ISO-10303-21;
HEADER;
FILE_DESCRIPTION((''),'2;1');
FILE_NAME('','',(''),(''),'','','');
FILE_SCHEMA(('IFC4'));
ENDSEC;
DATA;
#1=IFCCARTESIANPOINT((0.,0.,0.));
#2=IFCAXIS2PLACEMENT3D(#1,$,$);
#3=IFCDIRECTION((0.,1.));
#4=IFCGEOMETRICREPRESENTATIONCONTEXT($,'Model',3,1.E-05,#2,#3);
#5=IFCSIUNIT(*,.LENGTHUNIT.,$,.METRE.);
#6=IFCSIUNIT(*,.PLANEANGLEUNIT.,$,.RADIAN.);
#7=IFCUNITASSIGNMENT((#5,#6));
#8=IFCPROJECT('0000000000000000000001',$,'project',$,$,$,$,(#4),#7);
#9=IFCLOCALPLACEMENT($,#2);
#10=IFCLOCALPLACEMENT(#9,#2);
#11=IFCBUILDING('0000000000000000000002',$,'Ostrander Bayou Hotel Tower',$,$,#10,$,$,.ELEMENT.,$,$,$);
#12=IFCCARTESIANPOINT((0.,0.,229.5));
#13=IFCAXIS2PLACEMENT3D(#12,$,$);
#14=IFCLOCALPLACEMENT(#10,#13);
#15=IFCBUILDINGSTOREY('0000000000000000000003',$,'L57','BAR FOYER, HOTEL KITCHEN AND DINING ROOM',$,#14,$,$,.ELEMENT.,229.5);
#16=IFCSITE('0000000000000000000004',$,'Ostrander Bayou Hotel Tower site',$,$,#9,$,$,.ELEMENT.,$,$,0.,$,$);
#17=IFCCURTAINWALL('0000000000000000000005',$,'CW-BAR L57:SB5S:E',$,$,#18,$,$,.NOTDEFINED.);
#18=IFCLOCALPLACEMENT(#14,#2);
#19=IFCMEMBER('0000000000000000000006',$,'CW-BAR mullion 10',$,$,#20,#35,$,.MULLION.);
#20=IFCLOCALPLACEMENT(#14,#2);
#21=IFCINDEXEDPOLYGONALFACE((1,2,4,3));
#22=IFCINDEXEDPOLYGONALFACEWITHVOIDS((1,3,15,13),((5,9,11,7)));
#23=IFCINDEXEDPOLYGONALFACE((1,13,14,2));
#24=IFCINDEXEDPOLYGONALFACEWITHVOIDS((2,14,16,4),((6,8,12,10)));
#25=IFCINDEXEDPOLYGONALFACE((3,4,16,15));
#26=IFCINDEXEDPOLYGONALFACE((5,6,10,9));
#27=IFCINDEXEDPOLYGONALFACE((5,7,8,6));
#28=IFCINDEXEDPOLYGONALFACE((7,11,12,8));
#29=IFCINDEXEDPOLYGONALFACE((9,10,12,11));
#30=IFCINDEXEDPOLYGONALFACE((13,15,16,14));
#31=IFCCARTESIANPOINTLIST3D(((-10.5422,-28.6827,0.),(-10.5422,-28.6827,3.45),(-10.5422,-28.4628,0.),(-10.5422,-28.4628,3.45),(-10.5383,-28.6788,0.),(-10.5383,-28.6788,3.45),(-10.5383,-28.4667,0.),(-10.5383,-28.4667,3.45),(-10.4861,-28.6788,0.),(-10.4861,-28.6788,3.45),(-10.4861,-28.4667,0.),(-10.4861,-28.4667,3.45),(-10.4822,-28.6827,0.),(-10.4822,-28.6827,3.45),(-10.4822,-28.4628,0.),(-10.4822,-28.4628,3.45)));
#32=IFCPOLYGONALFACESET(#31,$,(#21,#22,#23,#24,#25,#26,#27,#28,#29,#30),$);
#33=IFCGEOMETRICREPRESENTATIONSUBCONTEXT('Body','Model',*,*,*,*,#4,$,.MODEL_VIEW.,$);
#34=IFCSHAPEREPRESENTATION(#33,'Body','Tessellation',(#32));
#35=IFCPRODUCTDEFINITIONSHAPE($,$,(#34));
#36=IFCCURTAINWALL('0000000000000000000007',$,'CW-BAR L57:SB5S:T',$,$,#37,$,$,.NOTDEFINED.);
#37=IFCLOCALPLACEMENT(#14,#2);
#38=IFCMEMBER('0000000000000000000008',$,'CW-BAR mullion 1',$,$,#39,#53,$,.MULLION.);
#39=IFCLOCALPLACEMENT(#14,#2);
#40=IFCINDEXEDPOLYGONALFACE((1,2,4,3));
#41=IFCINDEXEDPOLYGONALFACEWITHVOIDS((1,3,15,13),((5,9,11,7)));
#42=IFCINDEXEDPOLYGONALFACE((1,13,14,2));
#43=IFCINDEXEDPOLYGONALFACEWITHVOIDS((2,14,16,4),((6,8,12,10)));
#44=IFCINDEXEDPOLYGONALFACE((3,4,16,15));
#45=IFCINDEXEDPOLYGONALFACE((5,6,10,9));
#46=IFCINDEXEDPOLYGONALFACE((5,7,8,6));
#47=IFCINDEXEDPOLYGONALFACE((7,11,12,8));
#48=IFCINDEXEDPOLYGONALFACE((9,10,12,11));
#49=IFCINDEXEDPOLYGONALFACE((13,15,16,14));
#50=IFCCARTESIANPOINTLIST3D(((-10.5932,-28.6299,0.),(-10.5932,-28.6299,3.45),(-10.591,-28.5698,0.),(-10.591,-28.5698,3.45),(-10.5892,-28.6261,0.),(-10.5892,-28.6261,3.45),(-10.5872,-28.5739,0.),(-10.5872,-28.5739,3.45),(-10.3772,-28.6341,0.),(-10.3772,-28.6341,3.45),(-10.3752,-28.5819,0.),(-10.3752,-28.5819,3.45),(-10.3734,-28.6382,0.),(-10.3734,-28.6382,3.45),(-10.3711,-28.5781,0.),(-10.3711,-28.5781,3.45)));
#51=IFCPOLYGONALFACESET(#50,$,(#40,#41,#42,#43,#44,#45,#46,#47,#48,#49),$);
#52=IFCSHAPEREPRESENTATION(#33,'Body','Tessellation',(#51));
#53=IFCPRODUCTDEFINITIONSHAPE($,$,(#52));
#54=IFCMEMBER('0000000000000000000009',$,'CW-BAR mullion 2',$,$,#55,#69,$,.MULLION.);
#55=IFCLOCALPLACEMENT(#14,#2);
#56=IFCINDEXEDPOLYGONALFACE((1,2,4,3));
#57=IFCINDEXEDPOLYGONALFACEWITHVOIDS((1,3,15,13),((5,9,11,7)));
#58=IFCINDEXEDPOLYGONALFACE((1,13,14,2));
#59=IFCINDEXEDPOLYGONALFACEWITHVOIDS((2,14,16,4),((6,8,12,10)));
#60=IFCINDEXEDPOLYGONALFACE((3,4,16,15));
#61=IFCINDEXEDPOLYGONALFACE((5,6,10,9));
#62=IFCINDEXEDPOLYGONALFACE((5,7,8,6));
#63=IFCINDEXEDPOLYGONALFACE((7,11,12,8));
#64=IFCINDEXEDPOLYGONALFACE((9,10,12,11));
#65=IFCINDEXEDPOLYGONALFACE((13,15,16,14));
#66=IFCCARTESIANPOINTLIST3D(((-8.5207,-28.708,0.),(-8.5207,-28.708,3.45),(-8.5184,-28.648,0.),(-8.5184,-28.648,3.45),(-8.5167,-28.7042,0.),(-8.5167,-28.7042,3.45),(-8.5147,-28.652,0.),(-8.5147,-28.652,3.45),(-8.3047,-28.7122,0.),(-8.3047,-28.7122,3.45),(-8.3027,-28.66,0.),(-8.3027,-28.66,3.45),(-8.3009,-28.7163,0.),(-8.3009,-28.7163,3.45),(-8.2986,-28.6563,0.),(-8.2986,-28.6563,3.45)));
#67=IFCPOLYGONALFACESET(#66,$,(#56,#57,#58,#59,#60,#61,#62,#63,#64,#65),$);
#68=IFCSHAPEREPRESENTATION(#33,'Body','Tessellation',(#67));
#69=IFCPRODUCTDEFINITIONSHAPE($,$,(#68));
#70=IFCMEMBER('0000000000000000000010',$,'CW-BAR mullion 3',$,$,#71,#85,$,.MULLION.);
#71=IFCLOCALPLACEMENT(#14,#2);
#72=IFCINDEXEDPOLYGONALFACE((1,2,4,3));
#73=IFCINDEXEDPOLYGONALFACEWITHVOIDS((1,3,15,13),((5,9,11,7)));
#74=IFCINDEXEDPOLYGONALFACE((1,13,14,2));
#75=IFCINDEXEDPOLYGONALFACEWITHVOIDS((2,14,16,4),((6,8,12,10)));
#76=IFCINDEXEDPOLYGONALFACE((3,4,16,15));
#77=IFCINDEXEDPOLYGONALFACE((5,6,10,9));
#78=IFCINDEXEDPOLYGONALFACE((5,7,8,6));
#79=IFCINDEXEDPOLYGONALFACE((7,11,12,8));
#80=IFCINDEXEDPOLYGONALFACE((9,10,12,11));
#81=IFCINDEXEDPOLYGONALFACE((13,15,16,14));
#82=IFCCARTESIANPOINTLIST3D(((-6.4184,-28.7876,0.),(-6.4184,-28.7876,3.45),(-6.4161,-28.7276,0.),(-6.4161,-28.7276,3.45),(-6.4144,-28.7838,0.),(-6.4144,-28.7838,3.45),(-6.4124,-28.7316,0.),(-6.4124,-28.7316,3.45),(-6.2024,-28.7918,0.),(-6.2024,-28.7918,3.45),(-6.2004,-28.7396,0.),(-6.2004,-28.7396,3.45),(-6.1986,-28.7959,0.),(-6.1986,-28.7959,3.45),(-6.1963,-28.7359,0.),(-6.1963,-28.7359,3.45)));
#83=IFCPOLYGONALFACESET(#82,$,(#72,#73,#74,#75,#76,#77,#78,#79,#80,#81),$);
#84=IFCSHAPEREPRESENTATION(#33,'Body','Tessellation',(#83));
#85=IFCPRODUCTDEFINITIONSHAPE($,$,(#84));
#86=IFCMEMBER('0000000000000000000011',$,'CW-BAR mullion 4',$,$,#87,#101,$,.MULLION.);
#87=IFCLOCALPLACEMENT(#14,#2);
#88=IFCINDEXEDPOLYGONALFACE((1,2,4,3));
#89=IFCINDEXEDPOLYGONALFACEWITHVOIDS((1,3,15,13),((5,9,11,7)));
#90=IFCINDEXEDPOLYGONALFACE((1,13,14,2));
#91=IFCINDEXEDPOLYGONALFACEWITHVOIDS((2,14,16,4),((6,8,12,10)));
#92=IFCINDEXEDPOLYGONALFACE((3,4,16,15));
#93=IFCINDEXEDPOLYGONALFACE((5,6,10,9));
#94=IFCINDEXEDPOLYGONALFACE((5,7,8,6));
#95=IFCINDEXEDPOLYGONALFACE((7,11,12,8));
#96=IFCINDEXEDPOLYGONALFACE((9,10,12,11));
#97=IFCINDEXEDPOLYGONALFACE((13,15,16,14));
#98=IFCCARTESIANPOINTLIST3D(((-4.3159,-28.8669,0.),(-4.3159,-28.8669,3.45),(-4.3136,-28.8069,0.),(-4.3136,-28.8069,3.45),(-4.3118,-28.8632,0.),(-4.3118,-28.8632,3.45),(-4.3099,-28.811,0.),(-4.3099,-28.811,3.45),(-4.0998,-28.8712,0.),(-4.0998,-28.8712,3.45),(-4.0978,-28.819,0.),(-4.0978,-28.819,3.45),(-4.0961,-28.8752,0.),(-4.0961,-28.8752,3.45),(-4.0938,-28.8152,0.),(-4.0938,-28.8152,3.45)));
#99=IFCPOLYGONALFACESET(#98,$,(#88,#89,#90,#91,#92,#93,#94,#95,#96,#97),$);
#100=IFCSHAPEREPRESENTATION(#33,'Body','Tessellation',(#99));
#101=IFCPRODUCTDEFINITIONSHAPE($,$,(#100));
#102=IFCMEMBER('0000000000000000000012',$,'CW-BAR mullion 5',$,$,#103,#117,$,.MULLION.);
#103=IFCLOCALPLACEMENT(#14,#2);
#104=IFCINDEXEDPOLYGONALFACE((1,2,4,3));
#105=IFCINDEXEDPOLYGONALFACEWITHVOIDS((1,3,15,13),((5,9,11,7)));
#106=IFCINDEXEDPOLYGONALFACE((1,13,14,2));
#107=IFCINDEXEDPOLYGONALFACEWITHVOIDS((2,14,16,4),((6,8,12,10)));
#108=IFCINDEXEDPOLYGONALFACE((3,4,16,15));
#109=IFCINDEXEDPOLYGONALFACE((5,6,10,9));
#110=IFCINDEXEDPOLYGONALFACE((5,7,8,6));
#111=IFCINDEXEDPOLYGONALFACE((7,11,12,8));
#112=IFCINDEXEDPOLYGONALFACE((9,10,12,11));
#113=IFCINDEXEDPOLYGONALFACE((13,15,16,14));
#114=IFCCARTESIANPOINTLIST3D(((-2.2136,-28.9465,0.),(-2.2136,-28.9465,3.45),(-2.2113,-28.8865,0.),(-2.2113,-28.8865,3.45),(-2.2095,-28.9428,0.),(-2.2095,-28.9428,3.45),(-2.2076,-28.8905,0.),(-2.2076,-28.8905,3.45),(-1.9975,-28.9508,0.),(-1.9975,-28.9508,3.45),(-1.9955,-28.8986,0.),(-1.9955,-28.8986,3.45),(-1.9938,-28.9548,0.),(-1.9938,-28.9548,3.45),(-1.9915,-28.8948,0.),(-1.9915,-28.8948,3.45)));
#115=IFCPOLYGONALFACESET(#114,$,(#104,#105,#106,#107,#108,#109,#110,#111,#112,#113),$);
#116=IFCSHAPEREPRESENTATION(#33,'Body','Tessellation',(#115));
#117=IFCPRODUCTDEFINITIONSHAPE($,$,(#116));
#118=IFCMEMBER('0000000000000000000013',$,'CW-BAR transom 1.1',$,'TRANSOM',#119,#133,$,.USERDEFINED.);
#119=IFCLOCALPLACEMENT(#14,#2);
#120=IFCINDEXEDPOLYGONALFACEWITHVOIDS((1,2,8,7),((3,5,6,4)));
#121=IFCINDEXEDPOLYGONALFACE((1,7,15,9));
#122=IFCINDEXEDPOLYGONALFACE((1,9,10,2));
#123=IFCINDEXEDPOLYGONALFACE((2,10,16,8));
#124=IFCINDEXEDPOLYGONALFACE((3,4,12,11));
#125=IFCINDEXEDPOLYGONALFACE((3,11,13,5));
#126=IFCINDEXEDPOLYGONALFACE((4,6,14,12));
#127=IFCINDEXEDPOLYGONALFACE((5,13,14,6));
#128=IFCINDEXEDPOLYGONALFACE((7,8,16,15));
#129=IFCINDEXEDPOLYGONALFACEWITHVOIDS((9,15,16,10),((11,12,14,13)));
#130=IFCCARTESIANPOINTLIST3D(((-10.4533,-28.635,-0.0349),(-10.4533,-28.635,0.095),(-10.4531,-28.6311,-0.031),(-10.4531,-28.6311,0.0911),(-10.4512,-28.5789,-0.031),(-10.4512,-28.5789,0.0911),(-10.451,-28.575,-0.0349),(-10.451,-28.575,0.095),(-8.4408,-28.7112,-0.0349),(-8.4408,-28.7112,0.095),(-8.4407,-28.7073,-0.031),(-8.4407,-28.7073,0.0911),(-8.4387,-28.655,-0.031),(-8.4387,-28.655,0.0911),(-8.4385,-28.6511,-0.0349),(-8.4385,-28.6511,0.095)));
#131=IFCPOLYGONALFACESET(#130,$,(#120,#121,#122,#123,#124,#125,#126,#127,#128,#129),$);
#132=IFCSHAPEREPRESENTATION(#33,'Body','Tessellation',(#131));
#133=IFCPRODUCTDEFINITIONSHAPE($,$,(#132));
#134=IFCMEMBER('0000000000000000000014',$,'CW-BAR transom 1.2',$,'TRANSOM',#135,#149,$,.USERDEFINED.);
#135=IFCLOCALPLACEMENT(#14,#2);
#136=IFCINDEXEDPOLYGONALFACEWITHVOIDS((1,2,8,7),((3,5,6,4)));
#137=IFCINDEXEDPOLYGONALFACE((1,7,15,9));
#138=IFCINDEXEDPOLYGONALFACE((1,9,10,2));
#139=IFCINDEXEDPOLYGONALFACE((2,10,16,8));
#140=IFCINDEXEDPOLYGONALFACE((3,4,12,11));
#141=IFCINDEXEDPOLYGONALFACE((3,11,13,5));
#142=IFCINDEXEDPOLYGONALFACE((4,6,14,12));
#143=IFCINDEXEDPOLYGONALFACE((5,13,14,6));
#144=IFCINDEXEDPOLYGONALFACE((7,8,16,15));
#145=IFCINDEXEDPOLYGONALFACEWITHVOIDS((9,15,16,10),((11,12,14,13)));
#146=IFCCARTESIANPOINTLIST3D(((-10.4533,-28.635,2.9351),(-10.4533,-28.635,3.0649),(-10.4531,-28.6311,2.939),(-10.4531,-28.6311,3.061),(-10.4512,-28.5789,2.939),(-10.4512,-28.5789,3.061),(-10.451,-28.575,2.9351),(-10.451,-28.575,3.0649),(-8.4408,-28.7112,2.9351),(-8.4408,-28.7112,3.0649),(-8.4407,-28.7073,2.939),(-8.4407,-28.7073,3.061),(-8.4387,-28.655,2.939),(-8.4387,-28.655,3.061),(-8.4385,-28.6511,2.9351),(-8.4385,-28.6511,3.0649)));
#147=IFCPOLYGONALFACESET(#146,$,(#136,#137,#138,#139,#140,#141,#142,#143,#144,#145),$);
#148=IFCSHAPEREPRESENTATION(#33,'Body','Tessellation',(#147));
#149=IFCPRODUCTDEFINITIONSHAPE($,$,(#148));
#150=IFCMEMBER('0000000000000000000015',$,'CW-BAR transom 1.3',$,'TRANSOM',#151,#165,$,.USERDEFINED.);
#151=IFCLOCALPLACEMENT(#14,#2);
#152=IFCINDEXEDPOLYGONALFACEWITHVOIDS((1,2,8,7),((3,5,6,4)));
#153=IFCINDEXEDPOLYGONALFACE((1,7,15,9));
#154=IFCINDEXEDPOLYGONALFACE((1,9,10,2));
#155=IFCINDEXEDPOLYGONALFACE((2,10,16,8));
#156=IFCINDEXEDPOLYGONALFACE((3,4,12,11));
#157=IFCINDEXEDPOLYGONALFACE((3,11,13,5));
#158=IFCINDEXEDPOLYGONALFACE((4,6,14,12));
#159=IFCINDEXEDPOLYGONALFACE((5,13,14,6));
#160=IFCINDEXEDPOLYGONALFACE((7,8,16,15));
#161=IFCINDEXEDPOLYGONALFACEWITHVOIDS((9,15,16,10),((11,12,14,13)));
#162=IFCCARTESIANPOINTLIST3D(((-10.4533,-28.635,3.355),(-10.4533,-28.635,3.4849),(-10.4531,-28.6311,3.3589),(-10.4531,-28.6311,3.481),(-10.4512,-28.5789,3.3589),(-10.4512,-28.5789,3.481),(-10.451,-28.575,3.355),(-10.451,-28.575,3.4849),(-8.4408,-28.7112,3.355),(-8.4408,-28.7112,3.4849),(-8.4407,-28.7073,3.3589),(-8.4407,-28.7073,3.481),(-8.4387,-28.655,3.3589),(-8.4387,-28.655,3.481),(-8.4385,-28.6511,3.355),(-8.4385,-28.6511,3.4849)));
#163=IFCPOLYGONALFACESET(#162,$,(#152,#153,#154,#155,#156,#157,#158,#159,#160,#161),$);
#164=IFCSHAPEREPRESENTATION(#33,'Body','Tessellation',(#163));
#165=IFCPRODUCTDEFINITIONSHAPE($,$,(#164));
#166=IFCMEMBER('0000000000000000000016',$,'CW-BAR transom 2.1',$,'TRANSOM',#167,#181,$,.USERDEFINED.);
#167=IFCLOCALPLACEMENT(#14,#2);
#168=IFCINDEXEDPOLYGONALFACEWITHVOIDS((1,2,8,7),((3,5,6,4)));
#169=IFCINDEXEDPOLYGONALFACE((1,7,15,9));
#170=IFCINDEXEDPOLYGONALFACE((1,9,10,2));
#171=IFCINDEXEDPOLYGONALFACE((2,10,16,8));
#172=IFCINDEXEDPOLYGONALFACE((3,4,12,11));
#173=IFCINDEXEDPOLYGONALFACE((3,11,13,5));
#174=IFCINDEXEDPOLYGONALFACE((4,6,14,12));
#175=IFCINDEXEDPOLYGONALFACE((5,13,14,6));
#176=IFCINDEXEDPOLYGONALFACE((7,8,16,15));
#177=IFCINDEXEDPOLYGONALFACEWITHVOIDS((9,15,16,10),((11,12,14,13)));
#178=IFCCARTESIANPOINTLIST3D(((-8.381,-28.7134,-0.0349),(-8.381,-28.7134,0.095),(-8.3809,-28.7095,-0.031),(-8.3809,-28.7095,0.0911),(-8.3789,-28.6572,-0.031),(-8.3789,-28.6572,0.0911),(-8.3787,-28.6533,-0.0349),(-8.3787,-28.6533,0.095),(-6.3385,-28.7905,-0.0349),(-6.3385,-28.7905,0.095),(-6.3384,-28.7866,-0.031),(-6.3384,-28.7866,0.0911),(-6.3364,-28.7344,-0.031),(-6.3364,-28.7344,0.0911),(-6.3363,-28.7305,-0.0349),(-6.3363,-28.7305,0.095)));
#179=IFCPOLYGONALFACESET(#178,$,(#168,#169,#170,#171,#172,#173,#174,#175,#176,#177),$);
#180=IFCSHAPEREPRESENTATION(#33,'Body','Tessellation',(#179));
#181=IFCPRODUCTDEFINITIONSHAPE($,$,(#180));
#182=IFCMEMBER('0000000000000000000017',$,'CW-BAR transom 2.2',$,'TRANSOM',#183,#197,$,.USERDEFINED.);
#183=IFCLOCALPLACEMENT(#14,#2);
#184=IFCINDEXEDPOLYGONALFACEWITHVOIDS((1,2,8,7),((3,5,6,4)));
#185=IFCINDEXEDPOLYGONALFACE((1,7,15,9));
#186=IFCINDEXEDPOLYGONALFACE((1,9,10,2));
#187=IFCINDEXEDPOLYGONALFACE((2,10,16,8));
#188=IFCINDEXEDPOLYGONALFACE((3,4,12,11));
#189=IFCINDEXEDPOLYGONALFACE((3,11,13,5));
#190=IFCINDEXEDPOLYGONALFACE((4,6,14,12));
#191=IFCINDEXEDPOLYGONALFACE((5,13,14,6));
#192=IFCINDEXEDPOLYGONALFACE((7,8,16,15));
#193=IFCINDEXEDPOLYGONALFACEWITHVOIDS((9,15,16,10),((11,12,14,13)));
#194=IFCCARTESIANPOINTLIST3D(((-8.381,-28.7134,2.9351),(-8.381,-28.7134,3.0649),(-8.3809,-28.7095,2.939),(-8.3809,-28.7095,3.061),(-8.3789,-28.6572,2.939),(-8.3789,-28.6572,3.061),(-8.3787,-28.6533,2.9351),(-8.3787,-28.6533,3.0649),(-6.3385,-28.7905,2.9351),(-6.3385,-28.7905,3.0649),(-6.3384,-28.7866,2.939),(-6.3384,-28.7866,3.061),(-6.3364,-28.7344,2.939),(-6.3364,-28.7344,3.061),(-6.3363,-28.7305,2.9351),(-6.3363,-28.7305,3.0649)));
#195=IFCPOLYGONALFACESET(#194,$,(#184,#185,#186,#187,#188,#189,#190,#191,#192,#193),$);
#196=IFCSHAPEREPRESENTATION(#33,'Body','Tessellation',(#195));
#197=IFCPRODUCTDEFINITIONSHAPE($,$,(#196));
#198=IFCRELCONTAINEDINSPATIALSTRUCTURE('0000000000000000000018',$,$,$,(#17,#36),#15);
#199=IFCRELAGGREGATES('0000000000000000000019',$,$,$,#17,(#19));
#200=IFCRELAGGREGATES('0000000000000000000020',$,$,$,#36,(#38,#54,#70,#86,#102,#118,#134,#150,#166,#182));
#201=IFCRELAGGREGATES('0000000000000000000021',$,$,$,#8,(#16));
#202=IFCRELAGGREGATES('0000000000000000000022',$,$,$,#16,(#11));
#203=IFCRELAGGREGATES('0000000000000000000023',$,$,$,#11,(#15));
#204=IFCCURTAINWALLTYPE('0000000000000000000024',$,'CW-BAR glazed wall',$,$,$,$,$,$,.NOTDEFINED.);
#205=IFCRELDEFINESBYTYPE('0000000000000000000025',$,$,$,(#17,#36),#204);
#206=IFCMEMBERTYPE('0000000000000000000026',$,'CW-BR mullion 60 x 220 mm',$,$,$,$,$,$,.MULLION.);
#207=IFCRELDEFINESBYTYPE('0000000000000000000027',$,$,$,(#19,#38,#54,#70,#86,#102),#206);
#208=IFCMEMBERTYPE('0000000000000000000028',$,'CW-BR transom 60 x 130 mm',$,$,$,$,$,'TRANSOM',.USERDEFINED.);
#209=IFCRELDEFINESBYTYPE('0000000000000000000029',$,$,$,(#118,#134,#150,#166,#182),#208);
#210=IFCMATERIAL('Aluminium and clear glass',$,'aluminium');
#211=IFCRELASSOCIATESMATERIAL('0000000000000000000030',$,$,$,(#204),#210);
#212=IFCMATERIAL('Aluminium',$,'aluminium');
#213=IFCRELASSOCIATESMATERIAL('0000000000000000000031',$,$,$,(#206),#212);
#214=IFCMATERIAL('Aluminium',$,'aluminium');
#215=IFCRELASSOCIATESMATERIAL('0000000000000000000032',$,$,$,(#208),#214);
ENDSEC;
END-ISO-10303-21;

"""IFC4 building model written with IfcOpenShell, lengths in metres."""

from ifc_helpers import new_model, si_unit, direction, frame, origin, origin_2d, place, context, subcontext, project, spatial, hollow_rectangle, extrude, material, material_profile, profile_set, type_object, element, aggregate, save


model = new_model("IFC4")

# Units and contexts
model_context = context("Model", 3, precision=1e-05, world=origin(), true_north=direction((0.0, 1.0)))
body_context = subcontext(model_context, "Body", "Model", "MODEL_VIEW")
ifc_project = project(units=[si_unit("LENGTHUNIT", "METRE"), si_unit("PLANEANGLEUNIT", "RADIAN")], contexts=[model_context])

# Site, building, storey
site_placement = place(None, origin())
site = spatial("IfcSite", under=ifc_project, at=site_placement, Name="Ostrander Bayou Hotel Tower site", CompositionType="ELEMENT", RefElevation=0.0)
building_placement = place(site_placement, origin())
building = spatial("IfcBuilding", under=site, at=building_placement, Name="Ostrander Bayou Hotel Tower", CompositionType="ELEMENT")
storey_placement = place(building_placement, frame((0.0, 0.0, 229.5)))
storey = spatial("IfcBuildingStorey", under=building, at=storey_placement, Name="L57", Description="BAR FOYER, HOTEL KITCHEN AND DINING ROOM", CompositionType="ELEMENT", Elevation=229.5)

# Curtain wall, member
ifc_material_1 = material(Name="Aluminium and clear glass", Category="aluminium")
curtain_wall_type = type_object("IfcCurtainWallType", Name="CW-BAR glazed wall", PredefinedType="NOTDEFINED", material=ifc_material_1)
curtain_wall_1_placement = place(storey_placement, origin())
curtain_wall_1 = element("IfcCurtainWall", 1, at=curtain_wall_1_placement, inside=storey, type_object=curtain_wall_type, Name="CW-BAR L57:SB5S:E", PredefinedType="NOTDEFINED")
ifc_material_2 = material(Name="Aluminium", Category="aluminium")
ifc_material_profile_1 = material_profile(ifc_material_2, hollow_rectangle(XDim=0.0601, YDim=0.22, WallThickness=0.0039, at=origin_2d()))
ifc_profile_set_1 = profile_set([ifc_material_profile_1], Name="Aluminium")
member_type_1 = type_object("IfcMemberType", Name="CW-BR mullion 60 x 220 mm", PredefinedType="MULLION", material=ifc_profile_set_1)
member_1_placement = place(storey_placement, frame((-10.5122, -28.5728, 0.0), z_axis=(0.0, 0.0, 1.0), x_axis=(1.0, 0.0, 0.0)))
member_1 = element("IfcMember", 2, at=member_1_placement, type_object=member_type_1, Name="CW-BAR mullion 10", PredefinedType="MULLION", context=body_context, shape_type="SweptSolid", body=[
    extrude(hollow_rectangle(XDim=0.0601, YDim=0.22, WallThickness=0.0039, at=origin_2d()), origin(), (0.0, 0.0, 1.0), 3.45),
])
aggregate(curtain_wall_1, [member_1])

# Curtain wall, members
curtain_wall_2_placement = place(storey_placement, origin())
curtain_wall_2 = element("IfcCurtainWall", 3, at=curtain_wall_2_placement, inside=storey, type_object=curtain_wall_type, Name="CW-BAR L57:SB5S:T", PredefinedType="NOTDEFINED")
member_2_placement = place(storey_placement, frame((-10.4822, -28.604, 0.0), z_axis=(0.0, 0.0, 1.0), x_axis=(0.037758, 0.999287, 0.0)))
member_2 = element("IfcMember", 4, at=member_2_placement, type_object=member_type_1, Name="CW-BAR mullion 1", PredefinedType="MULLION", context=body_context, shape_type="SweptSolid", body=[
    extrude(hollow_rectangle(XDim=0.0601, YDim=0.22, WallThickness=0.0039, at=origin_2d()), origin(), (0.0, 0.0, 1.0), 3.45),
])
member_3_placement = place(storey_placement, frame((-8.4097, -28.6821, 0.0), z_axis=(0.0, 0.0, 1.0), x_axis=(0.037758, 0.999287, 0.0)))
member_3 = element("IfcMember", 5, at=member_3_placement, type_object=member_type_1, Name="CW-BAR mullion 2", PredefinedType="MULLION", context=body_context, shape_type="SweptSolid", body=[
    extrude(hollow_rectangle(XDim=0.0601, YDim=0.22, WallThickness=0.0039, at=origin_2d()), origin(), (0.0, 0.0, 1.0), 3.45),
])
member_4_placement = place(storey_placement, frame((-6.3074, -28.7617, 0.0), z_axis=(0.0, 0.0, 1.0), x_axis=(0.037758, 0.999287, 0.0)))
member_4 = element("IfcMember", 6, at=member_4_placement, type_object=member_type_1, Name="CW-BAR mullion 3", PredefinedType="MULLION", context=body_context, shape_type="SweptSolid", body=[
    extrude(hollow_rectangle(XDim=0.0601, YDim=0.22, WallThickness=0.0039, at=origin_2d()), origin(), (0.0, 0.0, 1.0), 3.45),
])
member_5_placement = place(storey_placement, frame((-4.2048, -28.8411, 0.0), z_axis=(0.0, 0.0, 1.0), x_axis=(0.037758, 0.999287, 0.0)))
member_5 = element("IfcMember", 7, at=member_5_placement, type_object=member_type_1, Name="CW-BAR mullion 4", PredefinedType="MULLION", context=body_context, shape_type="SweptSolid", body=[
    extrude(hollow_rectangle(XDim=0.0601, YDim=0.22, WallThickness=0.0039, at=origin_2d()), origin(), (0.0, 0.0, 1.0), 3.45),
])
member_6_placement = place(storey_placement, frame((-2.1025, -28.9207, 0.0), z_axis=(0.0, 0.0, 1.0), x_axis=(0.037758, 0.999287, 0.0)))
member_6 = element("IfcMember", 8, at=member_6_placement, type_object=member_type_1, Name="CW-BAR mullion 5", PredefinedType="MULLION", context=body_context, shape_type="SweptSolid", body=[
    extrude(hollow_rectangle(XDim=0.0601, YDim=0.22, WallThickness=0.0039, at=origin_2d()), origin(), (0.0, 0.0, 1.0), 3.45),
])
ifc_material_3 = material(Name="Aluminium", Category="aluminium")
ifc_material_profile_2 = material_profile(ifc_material_3, hollow_rectangle(XDim=0.0601, YDim=0.1299, WallThickness=0.0039, at=origin_2d()))
ifc_profile_set_2 = profile_set([ifc_material_profile_2], Name="Aluminium")
member_type_2 = type_object("IfcMemberType", Name="CW-BR transom 60 x 130 mm", ElementType="TRANSOM", PredefinedType="USERDEFINED", material=ifc_profile_set_2)
member_7_placement = place(storey_placement, frame((-10.4521, -28.605, 0.03), z_axis=(0.999284, -0.037823, 0.0), x_axis=(0.037823, 0.999284, 0.0)))
member_7 = element("IfcMember", 9, at=member_7_placement, type_object=member_type_2, Name="CW-BAR transom 1.1", ObjectType="TRANSOM", PredefinedType="USERDEFINED", context=body_context, shape_type="SweptSolid", body=[
    extrude(hollow_rectangle(XDim=0.0601, YDim=0.1299, WallThickness=0.0039, at=origin_2d()), origin(), (0.0, 0.0, 1.0), 2.0139),
])
member_8_placement = place(storey_placement, frame((-10.4521, -28.605, 3.0), z_axis=(0.999284, -0.037823, 0.0), x_axis=(0.037823, 0.999284, 0.0)))
member_8 = element("IfcMember", 10, at=member_8_placement, type_object=member_type_2, Name="CW-BAR transom 1.2", ObjectType="TRANSOM", PredefinedType="USERDEFINED", context=body_context, shape_type="SweptSolid", body=[
    extrude(hollow_rectangle(XDim=0.0601, YDim=0.1299, WallThickness=0.0039, at=origin_2d()), origin(), (0.0, 0.0, 1.0), 2.0139),
])
member_9_placement = place(storey_placement, frame((-10.4521, -28.605, 3.4199), z_axis=(0.999284, -0.037823, 0.0), x_axis=(0.037823, 0.999284, 0.0)))
member_9 = element("IfcMember", 11, at=member_9_placement, type_object=member_type_2, Name="CW-BAR transom 1.3", ObjectType="TRANSOM", PredefinedType="USERDEFINED", context=body_context, shape_type="SweptSolid", body=[
    extrude(hollow_rectangle(XDim=0.0601, YDim=0.1299, WallThickness=0.0039, at=origin_2d()), origin(), (0.0, 0.0, 1.0), 2.0139),
])
member_10_placement = place(storey_placement, frame((-8.3799, -28.6833, 0.03), z_axis=(0.999287, -0.037745, 0.0), x_axis=(0.037745, 0.999287, 0.0)))
member_10 = element("IfcMember", 12, at=member_10_placement, type_object=member_type_2, Name="CW-BAR transom 2.1", ObjectType="TRANSOM", PredefinedType="USERDEFINED", context=body_context, shape_type="SweptSolid", body=[
    extrude(hollow_rectangle(XDim=0.0601, YDim=0.1299, WallThickness=0.0039, at=origin_2d()), origin(), (0.0, 0.0, 1.0), 2.0439),
])
member_11_placement = place(storey_placement, frame((-8.3799, -28.6833, 3.0), z_axis=(0.999287, -0.037745, 0.0), x_axis=(0.037745, 0.999287, 0.0)))
member_11 = element("IfcMember", 13, at=member_11_placement, type_object=member_type_2, Name="CW-BAR transom 2.2", ObjectType="TRANSOM", PredefinedType="USERDEFINED", context=body_context, shape_type="SweptSolid", body=[
    extrude(hollow_rectangle(XDim=0.0601, YDim=0.1299, WallThickness=0.0039, at=origin_2d()), origin(), (0.0, 0.0, 1.0), 2.0439),
])

aggregate(curtain_wall_2, [member_2, member_3, member_4, member_5, member_6, member_7, member_8, member_9, member_10, member_11])

save(model, "model.ifc")
